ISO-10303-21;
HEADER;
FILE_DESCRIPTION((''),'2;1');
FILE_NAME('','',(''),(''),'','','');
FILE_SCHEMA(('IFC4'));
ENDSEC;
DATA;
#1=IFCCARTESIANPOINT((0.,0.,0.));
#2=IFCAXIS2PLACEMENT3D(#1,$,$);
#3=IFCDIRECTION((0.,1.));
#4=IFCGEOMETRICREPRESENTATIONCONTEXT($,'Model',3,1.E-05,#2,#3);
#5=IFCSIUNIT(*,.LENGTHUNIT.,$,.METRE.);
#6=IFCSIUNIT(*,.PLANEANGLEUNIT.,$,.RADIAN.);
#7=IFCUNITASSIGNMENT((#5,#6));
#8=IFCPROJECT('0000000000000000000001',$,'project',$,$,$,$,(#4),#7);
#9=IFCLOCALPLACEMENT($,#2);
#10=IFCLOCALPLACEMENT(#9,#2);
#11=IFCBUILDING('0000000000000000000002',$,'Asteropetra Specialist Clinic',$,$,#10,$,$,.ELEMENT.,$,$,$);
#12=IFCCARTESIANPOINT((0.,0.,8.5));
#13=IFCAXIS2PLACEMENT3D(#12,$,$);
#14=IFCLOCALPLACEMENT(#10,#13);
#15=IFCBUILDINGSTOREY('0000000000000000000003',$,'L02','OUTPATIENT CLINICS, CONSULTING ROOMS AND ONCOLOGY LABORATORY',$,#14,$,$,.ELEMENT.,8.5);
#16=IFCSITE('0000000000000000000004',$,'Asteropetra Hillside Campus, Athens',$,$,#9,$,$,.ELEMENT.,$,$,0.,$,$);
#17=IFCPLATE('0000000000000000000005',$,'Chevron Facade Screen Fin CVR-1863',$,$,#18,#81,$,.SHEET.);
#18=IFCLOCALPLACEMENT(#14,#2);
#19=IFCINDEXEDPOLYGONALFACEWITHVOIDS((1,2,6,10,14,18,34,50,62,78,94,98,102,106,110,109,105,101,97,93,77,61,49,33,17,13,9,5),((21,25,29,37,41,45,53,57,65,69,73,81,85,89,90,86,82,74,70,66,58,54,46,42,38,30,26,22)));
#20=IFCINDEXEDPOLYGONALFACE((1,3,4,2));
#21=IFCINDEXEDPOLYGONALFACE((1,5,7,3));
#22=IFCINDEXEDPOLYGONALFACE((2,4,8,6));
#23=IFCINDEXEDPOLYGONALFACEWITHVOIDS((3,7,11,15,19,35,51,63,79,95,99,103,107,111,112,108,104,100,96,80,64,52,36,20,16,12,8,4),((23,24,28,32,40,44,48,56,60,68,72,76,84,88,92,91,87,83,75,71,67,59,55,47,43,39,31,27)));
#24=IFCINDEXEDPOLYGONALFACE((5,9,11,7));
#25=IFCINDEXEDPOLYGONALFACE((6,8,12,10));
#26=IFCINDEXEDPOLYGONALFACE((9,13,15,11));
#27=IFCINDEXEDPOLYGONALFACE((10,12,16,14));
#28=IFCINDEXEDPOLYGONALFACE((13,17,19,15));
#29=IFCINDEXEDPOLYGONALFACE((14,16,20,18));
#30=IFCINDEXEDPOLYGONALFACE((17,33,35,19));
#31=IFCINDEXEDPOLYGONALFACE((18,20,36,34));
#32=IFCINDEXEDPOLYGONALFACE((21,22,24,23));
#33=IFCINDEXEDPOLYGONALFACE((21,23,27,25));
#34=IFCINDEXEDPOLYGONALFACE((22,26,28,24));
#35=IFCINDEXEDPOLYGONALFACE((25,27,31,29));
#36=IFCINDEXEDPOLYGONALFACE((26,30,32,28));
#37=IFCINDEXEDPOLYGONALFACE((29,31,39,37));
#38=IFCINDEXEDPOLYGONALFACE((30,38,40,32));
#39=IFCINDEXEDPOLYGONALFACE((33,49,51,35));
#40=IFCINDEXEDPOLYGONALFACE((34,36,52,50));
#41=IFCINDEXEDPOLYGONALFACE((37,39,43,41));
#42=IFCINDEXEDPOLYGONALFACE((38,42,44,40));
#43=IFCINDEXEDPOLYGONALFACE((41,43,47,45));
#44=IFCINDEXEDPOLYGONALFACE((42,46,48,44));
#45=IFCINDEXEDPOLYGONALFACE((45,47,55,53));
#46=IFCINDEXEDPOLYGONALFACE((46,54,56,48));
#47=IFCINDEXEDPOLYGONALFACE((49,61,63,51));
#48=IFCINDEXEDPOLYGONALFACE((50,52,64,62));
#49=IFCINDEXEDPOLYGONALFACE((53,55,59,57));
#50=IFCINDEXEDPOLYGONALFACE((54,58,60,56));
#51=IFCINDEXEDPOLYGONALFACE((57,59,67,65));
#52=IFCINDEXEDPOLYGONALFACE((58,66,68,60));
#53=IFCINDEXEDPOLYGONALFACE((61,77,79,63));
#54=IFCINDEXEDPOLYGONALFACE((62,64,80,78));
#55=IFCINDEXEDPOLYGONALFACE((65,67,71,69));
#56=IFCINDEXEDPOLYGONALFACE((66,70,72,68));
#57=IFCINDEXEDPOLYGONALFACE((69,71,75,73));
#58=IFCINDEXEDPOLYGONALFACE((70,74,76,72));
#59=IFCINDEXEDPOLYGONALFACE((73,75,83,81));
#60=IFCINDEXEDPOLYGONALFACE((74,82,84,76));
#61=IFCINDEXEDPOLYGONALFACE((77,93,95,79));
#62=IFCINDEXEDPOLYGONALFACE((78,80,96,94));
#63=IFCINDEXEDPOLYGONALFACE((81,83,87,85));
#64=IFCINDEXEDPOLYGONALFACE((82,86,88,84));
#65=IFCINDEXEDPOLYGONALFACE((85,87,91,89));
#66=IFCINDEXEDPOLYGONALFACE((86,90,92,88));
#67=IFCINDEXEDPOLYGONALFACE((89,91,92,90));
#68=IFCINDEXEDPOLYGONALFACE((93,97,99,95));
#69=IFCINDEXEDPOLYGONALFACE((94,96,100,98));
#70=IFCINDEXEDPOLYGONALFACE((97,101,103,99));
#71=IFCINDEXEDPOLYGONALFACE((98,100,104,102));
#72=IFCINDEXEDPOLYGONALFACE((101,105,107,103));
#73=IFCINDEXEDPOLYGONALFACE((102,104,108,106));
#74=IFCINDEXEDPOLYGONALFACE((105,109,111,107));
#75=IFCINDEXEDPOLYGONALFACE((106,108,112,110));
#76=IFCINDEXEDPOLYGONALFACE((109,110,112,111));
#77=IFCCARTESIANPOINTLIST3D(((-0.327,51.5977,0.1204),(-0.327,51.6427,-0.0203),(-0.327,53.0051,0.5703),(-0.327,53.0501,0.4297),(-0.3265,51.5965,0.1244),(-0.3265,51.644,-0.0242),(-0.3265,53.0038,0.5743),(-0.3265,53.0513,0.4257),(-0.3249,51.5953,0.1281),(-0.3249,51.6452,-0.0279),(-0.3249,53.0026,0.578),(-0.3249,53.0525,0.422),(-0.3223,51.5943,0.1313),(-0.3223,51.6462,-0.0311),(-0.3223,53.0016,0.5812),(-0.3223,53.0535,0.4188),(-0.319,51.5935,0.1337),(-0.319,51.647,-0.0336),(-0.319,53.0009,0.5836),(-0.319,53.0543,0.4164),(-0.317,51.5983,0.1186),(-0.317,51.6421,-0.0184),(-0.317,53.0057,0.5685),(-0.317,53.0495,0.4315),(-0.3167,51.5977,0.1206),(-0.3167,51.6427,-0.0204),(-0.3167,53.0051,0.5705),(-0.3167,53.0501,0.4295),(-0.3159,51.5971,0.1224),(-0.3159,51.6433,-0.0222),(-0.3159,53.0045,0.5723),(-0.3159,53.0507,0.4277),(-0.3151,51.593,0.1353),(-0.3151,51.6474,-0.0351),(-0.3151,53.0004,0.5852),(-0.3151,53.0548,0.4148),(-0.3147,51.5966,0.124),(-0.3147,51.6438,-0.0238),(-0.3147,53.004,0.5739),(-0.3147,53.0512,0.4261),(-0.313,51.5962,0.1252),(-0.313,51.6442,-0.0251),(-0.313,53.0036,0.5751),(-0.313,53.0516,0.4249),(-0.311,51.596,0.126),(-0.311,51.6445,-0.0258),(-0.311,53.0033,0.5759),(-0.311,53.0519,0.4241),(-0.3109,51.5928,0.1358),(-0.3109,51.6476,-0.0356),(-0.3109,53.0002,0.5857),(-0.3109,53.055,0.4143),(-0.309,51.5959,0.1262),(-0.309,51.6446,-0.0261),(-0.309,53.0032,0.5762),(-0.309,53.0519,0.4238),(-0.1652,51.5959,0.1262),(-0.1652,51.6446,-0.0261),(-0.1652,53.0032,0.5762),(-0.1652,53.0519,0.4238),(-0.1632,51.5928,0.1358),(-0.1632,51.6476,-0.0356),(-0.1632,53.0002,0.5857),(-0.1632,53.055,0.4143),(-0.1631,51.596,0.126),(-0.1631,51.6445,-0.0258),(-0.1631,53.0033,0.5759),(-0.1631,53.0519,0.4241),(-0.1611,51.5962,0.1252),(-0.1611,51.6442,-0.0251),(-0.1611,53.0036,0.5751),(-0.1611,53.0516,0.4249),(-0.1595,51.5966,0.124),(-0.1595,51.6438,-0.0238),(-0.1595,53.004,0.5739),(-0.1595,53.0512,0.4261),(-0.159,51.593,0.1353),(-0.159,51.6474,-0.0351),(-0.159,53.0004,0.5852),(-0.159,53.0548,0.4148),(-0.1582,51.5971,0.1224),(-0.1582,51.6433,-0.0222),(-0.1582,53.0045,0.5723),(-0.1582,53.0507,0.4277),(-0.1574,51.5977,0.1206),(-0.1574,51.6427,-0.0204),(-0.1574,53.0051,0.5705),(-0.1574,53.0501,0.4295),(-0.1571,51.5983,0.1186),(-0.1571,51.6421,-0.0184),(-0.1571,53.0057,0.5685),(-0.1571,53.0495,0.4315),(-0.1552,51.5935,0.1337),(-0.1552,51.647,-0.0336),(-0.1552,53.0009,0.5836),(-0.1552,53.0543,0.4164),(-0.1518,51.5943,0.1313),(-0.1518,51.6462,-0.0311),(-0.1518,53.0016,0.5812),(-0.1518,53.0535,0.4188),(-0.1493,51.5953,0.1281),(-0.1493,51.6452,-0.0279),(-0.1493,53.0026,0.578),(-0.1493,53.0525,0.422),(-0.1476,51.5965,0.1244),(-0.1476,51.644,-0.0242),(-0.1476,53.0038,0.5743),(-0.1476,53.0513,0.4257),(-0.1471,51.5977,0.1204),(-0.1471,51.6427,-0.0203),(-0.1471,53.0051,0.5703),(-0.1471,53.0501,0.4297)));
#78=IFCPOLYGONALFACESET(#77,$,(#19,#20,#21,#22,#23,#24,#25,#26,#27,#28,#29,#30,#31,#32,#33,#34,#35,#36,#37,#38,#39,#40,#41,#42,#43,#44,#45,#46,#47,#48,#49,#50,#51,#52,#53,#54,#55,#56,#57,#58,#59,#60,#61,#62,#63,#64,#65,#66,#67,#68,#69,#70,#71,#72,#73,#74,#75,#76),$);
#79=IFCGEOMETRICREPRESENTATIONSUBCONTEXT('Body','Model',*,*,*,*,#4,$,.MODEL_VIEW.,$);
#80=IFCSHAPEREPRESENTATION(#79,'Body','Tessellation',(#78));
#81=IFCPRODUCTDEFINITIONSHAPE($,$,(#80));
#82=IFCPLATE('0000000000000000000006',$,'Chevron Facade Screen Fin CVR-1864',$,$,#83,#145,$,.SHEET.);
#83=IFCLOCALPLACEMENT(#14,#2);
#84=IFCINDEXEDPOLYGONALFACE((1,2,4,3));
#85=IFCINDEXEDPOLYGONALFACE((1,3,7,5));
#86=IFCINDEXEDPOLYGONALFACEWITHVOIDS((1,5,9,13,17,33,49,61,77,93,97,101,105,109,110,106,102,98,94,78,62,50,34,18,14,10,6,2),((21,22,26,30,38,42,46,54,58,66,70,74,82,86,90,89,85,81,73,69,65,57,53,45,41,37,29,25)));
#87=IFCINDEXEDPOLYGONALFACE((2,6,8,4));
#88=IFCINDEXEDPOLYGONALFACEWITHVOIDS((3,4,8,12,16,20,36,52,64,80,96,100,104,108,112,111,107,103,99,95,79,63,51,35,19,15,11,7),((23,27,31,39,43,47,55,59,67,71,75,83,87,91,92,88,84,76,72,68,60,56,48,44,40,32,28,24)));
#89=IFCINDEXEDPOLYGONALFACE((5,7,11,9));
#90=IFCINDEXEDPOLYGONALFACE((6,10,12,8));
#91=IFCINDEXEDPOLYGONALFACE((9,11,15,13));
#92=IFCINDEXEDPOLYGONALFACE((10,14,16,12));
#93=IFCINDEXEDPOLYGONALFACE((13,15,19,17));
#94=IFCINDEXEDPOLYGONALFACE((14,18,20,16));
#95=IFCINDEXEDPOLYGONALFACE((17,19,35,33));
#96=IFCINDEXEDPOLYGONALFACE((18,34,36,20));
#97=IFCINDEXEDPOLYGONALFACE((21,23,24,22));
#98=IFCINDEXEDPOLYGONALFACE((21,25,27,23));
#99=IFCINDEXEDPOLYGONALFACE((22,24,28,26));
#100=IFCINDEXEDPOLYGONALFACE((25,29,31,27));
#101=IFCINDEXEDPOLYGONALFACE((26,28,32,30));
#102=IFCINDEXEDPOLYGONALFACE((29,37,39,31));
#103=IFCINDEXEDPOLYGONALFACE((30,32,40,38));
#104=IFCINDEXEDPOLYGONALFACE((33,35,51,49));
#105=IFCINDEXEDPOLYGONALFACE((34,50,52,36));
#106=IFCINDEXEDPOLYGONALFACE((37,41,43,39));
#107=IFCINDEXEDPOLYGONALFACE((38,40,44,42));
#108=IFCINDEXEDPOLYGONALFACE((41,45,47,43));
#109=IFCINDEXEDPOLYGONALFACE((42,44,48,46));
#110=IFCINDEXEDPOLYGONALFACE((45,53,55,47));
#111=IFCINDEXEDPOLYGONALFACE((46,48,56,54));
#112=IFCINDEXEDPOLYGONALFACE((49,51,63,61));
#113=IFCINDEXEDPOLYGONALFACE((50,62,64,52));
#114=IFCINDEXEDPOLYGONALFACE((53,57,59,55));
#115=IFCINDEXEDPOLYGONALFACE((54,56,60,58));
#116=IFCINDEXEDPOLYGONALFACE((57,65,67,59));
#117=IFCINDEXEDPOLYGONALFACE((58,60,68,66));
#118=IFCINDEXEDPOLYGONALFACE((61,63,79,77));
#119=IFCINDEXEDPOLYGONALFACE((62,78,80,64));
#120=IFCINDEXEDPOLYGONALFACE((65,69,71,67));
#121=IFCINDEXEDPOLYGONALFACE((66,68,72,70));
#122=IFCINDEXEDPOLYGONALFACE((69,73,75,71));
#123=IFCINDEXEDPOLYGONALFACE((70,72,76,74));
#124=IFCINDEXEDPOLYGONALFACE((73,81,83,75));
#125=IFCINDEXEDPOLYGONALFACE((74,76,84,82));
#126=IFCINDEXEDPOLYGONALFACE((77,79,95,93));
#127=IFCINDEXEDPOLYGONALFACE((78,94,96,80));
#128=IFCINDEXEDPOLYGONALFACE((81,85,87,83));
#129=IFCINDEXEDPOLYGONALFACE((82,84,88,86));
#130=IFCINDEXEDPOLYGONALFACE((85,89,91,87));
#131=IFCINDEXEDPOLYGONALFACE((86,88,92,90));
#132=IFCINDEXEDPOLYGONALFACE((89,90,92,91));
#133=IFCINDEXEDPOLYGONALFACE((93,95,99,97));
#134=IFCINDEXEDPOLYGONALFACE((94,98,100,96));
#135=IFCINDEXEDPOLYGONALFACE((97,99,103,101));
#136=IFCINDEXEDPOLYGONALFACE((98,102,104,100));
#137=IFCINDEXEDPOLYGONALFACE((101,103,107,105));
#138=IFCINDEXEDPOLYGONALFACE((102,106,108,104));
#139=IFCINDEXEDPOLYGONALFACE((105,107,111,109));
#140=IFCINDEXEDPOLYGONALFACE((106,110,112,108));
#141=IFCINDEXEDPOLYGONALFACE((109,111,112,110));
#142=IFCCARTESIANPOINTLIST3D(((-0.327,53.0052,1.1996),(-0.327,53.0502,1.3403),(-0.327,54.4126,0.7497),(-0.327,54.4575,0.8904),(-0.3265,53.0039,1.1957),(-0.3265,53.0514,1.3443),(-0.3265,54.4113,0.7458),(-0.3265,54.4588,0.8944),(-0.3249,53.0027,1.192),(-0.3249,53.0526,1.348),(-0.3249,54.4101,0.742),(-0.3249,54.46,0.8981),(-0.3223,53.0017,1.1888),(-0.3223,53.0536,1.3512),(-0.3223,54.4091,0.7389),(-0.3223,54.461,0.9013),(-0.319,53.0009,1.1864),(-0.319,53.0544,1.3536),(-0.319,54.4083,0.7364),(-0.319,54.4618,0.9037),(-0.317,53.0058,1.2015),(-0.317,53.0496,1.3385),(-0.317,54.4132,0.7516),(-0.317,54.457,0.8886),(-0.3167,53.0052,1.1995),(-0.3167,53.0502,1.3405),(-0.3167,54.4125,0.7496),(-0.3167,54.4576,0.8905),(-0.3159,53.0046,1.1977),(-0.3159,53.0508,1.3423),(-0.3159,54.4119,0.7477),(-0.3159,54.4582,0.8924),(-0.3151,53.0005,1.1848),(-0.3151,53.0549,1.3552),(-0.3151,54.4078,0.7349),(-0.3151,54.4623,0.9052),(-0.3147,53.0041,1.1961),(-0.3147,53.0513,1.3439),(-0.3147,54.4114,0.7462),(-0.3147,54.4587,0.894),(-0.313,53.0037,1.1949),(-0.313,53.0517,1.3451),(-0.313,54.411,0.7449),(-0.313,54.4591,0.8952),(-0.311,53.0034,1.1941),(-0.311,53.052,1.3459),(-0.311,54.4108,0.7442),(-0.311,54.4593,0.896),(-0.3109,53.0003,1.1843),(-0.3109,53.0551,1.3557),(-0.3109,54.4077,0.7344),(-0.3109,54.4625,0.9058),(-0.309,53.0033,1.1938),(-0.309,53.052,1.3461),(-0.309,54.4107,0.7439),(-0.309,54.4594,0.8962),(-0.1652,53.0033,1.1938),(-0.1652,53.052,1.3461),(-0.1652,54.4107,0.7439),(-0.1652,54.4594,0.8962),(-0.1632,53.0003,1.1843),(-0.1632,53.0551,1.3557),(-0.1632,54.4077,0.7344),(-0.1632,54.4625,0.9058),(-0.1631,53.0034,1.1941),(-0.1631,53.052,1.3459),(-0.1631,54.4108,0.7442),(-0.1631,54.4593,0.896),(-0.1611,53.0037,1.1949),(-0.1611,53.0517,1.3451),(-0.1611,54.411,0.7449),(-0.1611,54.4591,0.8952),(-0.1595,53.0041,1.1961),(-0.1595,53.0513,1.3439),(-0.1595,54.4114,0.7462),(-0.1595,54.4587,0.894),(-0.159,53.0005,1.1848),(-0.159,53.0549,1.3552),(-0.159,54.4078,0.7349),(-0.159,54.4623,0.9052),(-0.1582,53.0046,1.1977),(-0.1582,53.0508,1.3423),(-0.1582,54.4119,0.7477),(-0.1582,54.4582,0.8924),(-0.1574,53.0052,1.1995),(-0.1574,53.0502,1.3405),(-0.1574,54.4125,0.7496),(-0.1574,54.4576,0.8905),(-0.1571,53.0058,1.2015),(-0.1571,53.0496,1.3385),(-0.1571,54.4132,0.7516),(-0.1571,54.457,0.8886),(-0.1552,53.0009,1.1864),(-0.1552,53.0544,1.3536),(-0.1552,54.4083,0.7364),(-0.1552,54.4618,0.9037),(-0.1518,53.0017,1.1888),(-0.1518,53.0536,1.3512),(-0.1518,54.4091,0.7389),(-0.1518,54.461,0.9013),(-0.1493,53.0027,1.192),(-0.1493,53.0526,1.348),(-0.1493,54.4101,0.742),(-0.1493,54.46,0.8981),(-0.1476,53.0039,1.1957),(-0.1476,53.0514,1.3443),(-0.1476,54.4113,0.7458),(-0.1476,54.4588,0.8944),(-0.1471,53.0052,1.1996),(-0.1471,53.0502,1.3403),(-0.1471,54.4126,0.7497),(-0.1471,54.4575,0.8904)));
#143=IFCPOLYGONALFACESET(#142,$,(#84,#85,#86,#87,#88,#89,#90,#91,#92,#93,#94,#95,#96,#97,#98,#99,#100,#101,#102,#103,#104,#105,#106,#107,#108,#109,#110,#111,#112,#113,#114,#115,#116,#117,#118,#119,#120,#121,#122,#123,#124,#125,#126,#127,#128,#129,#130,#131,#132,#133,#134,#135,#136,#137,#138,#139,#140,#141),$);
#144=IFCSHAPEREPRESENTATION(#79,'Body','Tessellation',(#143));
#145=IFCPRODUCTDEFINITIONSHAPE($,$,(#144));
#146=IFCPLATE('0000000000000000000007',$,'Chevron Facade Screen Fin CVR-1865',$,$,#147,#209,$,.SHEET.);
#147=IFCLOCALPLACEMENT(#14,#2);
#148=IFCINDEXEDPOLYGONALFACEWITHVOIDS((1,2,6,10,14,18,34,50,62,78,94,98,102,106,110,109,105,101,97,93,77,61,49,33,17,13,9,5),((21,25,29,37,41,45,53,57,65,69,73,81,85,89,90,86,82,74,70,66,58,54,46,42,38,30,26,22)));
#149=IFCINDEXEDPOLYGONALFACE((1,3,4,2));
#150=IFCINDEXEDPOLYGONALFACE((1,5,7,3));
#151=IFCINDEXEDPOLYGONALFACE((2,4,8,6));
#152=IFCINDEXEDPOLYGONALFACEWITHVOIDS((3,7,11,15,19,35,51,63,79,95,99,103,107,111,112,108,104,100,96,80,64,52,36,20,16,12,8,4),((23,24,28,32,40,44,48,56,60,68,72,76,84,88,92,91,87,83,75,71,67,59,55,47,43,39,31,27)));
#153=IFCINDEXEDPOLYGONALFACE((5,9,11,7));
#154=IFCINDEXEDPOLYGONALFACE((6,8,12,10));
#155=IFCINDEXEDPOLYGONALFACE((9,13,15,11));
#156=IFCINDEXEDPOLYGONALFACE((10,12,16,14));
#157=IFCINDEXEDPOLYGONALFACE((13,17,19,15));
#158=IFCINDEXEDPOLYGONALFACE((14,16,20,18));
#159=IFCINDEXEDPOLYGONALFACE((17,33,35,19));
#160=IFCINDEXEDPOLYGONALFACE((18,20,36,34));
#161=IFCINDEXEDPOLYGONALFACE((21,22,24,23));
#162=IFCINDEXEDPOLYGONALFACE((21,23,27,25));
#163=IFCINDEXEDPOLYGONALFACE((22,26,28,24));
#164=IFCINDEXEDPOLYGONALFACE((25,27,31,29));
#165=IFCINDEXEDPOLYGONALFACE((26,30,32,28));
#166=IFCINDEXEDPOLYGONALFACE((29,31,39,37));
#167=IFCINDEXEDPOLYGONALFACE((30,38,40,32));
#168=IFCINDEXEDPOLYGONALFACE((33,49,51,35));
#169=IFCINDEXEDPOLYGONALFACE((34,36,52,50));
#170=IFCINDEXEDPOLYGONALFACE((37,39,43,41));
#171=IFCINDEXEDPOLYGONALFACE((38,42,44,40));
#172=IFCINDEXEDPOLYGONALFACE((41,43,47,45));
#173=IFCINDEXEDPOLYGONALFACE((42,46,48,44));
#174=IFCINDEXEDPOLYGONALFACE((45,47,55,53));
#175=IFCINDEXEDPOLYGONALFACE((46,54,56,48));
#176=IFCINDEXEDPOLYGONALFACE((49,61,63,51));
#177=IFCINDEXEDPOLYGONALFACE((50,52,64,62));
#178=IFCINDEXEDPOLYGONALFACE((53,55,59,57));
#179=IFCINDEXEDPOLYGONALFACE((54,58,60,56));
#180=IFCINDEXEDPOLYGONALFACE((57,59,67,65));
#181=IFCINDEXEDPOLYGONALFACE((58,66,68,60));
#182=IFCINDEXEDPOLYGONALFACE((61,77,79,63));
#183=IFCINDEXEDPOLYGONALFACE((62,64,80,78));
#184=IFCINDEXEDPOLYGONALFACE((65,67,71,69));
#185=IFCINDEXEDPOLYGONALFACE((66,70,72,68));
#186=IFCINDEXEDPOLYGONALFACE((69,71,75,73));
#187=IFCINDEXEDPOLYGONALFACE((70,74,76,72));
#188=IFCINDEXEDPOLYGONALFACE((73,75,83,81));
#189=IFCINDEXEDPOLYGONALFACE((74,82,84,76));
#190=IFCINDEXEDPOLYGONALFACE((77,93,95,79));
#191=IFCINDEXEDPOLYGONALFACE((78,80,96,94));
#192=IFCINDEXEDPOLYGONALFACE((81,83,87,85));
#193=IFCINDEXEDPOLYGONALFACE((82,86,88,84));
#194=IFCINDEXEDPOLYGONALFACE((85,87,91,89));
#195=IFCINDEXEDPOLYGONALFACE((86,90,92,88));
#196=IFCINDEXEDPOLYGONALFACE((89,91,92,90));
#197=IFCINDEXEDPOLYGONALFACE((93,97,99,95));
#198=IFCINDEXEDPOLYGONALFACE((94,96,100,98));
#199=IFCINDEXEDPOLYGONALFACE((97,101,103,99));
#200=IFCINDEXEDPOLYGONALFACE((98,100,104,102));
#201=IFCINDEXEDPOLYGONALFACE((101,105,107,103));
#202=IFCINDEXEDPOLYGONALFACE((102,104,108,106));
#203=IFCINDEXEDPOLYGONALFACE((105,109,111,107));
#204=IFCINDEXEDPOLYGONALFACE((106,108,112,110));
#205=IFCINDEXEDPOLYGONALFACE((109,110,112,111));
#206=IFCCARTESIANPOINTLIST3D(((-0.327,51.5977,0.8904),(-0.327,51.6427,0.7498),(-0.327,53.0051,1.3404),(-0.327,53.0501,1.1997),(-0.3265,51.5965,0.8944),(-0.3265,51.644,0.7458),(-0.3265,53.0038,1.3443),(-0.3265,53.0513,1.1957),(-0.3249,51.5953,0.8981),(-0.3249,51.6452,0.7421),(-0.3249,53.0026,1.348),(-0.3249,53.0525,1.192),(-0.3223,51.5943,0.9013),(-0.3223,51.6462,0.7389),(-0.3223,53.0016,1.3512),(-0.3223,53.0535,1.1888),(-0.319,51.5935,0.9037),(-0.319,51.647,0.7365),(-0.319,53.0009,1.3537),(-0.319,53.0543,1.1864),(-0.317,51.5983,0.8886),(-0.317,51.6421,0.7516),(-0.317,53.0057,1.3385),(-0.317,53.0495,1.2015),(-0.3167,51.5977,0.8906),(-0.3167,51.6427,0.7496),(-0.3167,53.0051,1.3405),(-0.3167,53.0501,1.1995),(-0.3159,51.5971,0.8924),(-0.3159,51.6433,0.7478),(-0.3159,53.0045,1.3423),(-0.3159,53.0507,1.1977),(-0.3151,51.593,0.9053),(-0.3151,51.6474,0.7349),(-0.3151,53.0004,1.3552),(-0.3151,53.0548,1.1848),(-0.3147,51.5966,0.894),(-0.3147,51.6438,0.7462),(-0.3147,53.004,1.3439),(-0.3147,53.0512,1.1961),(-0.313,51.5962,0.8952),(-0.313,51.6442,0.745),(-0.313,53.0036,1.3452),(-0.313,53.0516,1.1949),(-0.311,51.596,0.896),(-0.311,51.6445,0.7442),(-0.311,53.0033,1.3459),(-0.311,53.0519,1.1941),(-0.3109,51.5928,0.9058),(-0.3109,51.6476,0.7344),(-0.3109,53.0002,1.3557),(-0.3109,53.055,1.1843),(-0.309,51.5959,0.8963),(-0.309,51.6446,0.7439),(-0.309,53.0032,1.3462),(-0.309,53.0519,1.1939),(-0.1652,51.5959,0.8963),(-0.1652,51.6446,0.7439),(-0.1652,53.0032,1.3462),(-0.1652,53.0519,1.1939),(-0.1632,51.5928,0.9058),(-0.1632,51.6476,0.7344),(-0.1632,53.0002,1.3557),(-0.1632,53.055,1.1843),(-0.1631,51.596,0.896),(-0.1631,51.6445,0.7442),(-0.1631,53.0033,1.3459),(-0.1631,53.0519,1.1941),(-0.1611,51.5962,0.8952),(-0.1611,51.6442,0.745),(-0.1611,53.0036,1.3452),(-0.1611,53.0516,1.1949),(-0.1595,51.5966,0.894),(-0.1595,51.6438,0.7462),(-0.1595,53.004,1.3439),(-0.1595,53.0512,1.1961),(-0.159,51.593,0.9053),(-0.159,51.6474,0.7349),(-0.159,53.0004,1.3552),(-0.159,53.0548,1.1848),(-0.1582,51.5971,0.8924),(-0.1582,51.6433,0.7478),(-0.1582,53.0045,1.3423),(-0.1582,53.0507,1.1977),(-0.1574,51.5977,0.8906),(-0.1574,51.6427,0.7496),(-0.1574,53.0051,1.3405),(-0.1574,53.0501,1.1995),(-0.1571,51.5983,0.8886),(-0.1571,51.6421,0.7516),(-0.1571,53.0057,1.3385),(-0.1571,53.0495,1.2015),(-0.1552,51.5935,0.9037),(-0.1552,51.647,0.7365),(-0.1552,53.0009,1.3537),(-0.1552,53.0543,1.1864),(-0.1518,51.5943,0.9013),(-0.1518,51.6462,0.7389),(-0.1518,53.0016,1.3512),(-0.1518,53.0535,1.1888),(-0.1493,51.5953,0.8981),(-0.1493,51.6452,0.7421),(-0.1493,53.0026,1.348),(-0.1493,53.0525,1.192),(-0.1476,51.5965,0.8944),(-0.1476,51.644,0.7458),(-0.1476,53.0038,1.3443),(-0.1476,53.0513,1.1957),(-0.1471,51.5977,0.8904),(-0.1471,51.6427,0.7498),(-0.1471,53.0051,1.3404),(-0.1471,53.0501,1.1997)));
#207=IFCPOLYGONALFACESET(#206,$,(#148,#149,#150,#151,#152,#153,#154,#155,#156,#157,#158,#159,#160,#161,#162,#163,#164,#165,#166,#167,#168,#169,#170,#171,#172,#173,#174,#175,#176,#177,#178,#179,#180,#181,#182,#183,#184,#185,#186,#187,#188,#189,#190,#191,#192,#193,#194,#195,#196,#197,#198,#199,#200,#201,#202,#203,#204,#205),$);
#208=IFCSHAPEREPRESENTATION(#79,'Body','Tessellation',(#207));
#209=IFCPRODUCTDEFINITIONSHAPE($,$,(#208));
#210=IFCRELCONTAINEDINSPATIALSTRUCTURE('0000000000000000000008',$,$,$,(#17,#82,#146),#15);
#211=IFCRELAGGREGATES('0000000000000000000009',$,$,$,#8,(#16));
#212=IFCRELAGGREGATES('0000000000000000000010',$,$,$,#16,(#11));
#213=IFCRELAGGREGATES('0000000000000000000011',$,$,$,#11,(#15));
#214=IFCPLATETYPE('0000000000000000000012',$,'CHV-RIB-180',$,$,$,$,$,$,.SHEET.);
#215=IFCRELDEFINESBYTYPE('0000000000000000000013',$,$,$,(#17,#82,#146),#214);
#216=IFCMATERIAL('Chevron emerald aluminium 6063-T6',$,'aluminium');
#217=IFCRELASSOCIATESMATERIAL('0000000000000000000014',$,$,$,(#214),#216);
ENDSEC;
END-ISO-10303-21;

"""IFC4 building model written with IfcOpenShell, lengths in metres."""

from ifc_helpers import new_model, si_unit, direction, frame, origin, origin_2d, place, context, subcontext, project, spatial, hollow_rectangle, extrude, material, material_profile, profile_set, type_object, element, save


model = new_model("IFC4")

# Units and contexts
model_context = context("Model", 3, precision=1e-05, world=origin(), true_north=direction((0.0, 1.0)))
body_context = subcontext(model_context, "Body", "Model", "MODEL_VIEW")
ifc_project = project(units=[si_unit("LENGTHUNIT", "METRE"), si_unit("PLANEANGLEUNIT", "RADIAN")], contexts=[model_context])

# Site, building, storey
site_placement = place(None, origin())
site = spatial("IfcSite", under=ifc_project, at=site_placement, Name="Asteropetra Hillside Campus, Athens", CompositionType="ELEMENT", RefElevation=0.0)
building_placement = place(site_placement, origin())
building = spatial("IfcBuilding", under=site, at=building_placement, Name="Asteropetra Specialist Clinic", CompositionType="ELEMENT")
storey_placement = place(building_placement, frame((0.0, 0.0, 8.5)))
storey = spatial("IfcBuildingStorey", under=building, at=storey_placement, Name="L02", Description="OUTPATIENT CLINICS, CONSULTING ROOMS AND ONCOLOGY LABORATORY", CompositionType="ELEMENT", Elevation=8.5)

# Plates
ifc_material = material(Name="Chevron emerald aluminium 6063-T6", Category="aluminium")
ifc_material_profile = material_profile(ifc_material, hollow_rectangle(XDim=0.1799, YDim=0.1799, WallThickness=0.01, InnerFilletRadius=0.0081, OuterFilletRadius=0.0161, at=origin_2d()), Name="SHS 180x180x10.0")
ifc_profile_set = profile_set([ifc_material_profile], Name="Chevron emerald aluminium 6063-T6")
plate_type = type_object("IfcPlateType", Name="CHV-RIB-180", PredefinedType="SHEET", material=ifc_profile_set)
for number, where, z_axis, x_axis, name in (
    (1, (-0.2371, 53.0276, 0.5), (0.0, -0.95251, -0.304506), (1.0, 0.0, 0.0), "Chevron Facade Screen Fin CVR-1863"),
    (2, (-0.2371, 54.4351, 0.8201), (0.0, -0.95251, 0.304506), (1.0, 0.0, 0.0), "Chevron Facade Screen Fin CVR-1864"),
    (3, (-0.2371, 53.0276, 1.27), (0.0, -0.95251, -0.304506), (1.0, 0.0, 0.0), "Chevron Facade Screen Fin CVR-1865"),
):
    element("IfcPlate", number, at=place(storey_placement, frame(where, z_axis=z_axis, x_axis=x_axis)), inside=storey, type_object=plate_type, Name=name, PredefinedType="SHEET", context=body_context, shape_type="SweptSolid", body=[
        extrude(hollow_rectangle(XDim=0.1799, YDim=0.1799, WallThickness=0.01, InnerFilletRadius=0.0081, OuterFilletRadius=0.0161, at=origin_2d()), origin(), (0.0, 0.0, 1.0), 1.4775),
    ])

save(model, "model.ifc")
